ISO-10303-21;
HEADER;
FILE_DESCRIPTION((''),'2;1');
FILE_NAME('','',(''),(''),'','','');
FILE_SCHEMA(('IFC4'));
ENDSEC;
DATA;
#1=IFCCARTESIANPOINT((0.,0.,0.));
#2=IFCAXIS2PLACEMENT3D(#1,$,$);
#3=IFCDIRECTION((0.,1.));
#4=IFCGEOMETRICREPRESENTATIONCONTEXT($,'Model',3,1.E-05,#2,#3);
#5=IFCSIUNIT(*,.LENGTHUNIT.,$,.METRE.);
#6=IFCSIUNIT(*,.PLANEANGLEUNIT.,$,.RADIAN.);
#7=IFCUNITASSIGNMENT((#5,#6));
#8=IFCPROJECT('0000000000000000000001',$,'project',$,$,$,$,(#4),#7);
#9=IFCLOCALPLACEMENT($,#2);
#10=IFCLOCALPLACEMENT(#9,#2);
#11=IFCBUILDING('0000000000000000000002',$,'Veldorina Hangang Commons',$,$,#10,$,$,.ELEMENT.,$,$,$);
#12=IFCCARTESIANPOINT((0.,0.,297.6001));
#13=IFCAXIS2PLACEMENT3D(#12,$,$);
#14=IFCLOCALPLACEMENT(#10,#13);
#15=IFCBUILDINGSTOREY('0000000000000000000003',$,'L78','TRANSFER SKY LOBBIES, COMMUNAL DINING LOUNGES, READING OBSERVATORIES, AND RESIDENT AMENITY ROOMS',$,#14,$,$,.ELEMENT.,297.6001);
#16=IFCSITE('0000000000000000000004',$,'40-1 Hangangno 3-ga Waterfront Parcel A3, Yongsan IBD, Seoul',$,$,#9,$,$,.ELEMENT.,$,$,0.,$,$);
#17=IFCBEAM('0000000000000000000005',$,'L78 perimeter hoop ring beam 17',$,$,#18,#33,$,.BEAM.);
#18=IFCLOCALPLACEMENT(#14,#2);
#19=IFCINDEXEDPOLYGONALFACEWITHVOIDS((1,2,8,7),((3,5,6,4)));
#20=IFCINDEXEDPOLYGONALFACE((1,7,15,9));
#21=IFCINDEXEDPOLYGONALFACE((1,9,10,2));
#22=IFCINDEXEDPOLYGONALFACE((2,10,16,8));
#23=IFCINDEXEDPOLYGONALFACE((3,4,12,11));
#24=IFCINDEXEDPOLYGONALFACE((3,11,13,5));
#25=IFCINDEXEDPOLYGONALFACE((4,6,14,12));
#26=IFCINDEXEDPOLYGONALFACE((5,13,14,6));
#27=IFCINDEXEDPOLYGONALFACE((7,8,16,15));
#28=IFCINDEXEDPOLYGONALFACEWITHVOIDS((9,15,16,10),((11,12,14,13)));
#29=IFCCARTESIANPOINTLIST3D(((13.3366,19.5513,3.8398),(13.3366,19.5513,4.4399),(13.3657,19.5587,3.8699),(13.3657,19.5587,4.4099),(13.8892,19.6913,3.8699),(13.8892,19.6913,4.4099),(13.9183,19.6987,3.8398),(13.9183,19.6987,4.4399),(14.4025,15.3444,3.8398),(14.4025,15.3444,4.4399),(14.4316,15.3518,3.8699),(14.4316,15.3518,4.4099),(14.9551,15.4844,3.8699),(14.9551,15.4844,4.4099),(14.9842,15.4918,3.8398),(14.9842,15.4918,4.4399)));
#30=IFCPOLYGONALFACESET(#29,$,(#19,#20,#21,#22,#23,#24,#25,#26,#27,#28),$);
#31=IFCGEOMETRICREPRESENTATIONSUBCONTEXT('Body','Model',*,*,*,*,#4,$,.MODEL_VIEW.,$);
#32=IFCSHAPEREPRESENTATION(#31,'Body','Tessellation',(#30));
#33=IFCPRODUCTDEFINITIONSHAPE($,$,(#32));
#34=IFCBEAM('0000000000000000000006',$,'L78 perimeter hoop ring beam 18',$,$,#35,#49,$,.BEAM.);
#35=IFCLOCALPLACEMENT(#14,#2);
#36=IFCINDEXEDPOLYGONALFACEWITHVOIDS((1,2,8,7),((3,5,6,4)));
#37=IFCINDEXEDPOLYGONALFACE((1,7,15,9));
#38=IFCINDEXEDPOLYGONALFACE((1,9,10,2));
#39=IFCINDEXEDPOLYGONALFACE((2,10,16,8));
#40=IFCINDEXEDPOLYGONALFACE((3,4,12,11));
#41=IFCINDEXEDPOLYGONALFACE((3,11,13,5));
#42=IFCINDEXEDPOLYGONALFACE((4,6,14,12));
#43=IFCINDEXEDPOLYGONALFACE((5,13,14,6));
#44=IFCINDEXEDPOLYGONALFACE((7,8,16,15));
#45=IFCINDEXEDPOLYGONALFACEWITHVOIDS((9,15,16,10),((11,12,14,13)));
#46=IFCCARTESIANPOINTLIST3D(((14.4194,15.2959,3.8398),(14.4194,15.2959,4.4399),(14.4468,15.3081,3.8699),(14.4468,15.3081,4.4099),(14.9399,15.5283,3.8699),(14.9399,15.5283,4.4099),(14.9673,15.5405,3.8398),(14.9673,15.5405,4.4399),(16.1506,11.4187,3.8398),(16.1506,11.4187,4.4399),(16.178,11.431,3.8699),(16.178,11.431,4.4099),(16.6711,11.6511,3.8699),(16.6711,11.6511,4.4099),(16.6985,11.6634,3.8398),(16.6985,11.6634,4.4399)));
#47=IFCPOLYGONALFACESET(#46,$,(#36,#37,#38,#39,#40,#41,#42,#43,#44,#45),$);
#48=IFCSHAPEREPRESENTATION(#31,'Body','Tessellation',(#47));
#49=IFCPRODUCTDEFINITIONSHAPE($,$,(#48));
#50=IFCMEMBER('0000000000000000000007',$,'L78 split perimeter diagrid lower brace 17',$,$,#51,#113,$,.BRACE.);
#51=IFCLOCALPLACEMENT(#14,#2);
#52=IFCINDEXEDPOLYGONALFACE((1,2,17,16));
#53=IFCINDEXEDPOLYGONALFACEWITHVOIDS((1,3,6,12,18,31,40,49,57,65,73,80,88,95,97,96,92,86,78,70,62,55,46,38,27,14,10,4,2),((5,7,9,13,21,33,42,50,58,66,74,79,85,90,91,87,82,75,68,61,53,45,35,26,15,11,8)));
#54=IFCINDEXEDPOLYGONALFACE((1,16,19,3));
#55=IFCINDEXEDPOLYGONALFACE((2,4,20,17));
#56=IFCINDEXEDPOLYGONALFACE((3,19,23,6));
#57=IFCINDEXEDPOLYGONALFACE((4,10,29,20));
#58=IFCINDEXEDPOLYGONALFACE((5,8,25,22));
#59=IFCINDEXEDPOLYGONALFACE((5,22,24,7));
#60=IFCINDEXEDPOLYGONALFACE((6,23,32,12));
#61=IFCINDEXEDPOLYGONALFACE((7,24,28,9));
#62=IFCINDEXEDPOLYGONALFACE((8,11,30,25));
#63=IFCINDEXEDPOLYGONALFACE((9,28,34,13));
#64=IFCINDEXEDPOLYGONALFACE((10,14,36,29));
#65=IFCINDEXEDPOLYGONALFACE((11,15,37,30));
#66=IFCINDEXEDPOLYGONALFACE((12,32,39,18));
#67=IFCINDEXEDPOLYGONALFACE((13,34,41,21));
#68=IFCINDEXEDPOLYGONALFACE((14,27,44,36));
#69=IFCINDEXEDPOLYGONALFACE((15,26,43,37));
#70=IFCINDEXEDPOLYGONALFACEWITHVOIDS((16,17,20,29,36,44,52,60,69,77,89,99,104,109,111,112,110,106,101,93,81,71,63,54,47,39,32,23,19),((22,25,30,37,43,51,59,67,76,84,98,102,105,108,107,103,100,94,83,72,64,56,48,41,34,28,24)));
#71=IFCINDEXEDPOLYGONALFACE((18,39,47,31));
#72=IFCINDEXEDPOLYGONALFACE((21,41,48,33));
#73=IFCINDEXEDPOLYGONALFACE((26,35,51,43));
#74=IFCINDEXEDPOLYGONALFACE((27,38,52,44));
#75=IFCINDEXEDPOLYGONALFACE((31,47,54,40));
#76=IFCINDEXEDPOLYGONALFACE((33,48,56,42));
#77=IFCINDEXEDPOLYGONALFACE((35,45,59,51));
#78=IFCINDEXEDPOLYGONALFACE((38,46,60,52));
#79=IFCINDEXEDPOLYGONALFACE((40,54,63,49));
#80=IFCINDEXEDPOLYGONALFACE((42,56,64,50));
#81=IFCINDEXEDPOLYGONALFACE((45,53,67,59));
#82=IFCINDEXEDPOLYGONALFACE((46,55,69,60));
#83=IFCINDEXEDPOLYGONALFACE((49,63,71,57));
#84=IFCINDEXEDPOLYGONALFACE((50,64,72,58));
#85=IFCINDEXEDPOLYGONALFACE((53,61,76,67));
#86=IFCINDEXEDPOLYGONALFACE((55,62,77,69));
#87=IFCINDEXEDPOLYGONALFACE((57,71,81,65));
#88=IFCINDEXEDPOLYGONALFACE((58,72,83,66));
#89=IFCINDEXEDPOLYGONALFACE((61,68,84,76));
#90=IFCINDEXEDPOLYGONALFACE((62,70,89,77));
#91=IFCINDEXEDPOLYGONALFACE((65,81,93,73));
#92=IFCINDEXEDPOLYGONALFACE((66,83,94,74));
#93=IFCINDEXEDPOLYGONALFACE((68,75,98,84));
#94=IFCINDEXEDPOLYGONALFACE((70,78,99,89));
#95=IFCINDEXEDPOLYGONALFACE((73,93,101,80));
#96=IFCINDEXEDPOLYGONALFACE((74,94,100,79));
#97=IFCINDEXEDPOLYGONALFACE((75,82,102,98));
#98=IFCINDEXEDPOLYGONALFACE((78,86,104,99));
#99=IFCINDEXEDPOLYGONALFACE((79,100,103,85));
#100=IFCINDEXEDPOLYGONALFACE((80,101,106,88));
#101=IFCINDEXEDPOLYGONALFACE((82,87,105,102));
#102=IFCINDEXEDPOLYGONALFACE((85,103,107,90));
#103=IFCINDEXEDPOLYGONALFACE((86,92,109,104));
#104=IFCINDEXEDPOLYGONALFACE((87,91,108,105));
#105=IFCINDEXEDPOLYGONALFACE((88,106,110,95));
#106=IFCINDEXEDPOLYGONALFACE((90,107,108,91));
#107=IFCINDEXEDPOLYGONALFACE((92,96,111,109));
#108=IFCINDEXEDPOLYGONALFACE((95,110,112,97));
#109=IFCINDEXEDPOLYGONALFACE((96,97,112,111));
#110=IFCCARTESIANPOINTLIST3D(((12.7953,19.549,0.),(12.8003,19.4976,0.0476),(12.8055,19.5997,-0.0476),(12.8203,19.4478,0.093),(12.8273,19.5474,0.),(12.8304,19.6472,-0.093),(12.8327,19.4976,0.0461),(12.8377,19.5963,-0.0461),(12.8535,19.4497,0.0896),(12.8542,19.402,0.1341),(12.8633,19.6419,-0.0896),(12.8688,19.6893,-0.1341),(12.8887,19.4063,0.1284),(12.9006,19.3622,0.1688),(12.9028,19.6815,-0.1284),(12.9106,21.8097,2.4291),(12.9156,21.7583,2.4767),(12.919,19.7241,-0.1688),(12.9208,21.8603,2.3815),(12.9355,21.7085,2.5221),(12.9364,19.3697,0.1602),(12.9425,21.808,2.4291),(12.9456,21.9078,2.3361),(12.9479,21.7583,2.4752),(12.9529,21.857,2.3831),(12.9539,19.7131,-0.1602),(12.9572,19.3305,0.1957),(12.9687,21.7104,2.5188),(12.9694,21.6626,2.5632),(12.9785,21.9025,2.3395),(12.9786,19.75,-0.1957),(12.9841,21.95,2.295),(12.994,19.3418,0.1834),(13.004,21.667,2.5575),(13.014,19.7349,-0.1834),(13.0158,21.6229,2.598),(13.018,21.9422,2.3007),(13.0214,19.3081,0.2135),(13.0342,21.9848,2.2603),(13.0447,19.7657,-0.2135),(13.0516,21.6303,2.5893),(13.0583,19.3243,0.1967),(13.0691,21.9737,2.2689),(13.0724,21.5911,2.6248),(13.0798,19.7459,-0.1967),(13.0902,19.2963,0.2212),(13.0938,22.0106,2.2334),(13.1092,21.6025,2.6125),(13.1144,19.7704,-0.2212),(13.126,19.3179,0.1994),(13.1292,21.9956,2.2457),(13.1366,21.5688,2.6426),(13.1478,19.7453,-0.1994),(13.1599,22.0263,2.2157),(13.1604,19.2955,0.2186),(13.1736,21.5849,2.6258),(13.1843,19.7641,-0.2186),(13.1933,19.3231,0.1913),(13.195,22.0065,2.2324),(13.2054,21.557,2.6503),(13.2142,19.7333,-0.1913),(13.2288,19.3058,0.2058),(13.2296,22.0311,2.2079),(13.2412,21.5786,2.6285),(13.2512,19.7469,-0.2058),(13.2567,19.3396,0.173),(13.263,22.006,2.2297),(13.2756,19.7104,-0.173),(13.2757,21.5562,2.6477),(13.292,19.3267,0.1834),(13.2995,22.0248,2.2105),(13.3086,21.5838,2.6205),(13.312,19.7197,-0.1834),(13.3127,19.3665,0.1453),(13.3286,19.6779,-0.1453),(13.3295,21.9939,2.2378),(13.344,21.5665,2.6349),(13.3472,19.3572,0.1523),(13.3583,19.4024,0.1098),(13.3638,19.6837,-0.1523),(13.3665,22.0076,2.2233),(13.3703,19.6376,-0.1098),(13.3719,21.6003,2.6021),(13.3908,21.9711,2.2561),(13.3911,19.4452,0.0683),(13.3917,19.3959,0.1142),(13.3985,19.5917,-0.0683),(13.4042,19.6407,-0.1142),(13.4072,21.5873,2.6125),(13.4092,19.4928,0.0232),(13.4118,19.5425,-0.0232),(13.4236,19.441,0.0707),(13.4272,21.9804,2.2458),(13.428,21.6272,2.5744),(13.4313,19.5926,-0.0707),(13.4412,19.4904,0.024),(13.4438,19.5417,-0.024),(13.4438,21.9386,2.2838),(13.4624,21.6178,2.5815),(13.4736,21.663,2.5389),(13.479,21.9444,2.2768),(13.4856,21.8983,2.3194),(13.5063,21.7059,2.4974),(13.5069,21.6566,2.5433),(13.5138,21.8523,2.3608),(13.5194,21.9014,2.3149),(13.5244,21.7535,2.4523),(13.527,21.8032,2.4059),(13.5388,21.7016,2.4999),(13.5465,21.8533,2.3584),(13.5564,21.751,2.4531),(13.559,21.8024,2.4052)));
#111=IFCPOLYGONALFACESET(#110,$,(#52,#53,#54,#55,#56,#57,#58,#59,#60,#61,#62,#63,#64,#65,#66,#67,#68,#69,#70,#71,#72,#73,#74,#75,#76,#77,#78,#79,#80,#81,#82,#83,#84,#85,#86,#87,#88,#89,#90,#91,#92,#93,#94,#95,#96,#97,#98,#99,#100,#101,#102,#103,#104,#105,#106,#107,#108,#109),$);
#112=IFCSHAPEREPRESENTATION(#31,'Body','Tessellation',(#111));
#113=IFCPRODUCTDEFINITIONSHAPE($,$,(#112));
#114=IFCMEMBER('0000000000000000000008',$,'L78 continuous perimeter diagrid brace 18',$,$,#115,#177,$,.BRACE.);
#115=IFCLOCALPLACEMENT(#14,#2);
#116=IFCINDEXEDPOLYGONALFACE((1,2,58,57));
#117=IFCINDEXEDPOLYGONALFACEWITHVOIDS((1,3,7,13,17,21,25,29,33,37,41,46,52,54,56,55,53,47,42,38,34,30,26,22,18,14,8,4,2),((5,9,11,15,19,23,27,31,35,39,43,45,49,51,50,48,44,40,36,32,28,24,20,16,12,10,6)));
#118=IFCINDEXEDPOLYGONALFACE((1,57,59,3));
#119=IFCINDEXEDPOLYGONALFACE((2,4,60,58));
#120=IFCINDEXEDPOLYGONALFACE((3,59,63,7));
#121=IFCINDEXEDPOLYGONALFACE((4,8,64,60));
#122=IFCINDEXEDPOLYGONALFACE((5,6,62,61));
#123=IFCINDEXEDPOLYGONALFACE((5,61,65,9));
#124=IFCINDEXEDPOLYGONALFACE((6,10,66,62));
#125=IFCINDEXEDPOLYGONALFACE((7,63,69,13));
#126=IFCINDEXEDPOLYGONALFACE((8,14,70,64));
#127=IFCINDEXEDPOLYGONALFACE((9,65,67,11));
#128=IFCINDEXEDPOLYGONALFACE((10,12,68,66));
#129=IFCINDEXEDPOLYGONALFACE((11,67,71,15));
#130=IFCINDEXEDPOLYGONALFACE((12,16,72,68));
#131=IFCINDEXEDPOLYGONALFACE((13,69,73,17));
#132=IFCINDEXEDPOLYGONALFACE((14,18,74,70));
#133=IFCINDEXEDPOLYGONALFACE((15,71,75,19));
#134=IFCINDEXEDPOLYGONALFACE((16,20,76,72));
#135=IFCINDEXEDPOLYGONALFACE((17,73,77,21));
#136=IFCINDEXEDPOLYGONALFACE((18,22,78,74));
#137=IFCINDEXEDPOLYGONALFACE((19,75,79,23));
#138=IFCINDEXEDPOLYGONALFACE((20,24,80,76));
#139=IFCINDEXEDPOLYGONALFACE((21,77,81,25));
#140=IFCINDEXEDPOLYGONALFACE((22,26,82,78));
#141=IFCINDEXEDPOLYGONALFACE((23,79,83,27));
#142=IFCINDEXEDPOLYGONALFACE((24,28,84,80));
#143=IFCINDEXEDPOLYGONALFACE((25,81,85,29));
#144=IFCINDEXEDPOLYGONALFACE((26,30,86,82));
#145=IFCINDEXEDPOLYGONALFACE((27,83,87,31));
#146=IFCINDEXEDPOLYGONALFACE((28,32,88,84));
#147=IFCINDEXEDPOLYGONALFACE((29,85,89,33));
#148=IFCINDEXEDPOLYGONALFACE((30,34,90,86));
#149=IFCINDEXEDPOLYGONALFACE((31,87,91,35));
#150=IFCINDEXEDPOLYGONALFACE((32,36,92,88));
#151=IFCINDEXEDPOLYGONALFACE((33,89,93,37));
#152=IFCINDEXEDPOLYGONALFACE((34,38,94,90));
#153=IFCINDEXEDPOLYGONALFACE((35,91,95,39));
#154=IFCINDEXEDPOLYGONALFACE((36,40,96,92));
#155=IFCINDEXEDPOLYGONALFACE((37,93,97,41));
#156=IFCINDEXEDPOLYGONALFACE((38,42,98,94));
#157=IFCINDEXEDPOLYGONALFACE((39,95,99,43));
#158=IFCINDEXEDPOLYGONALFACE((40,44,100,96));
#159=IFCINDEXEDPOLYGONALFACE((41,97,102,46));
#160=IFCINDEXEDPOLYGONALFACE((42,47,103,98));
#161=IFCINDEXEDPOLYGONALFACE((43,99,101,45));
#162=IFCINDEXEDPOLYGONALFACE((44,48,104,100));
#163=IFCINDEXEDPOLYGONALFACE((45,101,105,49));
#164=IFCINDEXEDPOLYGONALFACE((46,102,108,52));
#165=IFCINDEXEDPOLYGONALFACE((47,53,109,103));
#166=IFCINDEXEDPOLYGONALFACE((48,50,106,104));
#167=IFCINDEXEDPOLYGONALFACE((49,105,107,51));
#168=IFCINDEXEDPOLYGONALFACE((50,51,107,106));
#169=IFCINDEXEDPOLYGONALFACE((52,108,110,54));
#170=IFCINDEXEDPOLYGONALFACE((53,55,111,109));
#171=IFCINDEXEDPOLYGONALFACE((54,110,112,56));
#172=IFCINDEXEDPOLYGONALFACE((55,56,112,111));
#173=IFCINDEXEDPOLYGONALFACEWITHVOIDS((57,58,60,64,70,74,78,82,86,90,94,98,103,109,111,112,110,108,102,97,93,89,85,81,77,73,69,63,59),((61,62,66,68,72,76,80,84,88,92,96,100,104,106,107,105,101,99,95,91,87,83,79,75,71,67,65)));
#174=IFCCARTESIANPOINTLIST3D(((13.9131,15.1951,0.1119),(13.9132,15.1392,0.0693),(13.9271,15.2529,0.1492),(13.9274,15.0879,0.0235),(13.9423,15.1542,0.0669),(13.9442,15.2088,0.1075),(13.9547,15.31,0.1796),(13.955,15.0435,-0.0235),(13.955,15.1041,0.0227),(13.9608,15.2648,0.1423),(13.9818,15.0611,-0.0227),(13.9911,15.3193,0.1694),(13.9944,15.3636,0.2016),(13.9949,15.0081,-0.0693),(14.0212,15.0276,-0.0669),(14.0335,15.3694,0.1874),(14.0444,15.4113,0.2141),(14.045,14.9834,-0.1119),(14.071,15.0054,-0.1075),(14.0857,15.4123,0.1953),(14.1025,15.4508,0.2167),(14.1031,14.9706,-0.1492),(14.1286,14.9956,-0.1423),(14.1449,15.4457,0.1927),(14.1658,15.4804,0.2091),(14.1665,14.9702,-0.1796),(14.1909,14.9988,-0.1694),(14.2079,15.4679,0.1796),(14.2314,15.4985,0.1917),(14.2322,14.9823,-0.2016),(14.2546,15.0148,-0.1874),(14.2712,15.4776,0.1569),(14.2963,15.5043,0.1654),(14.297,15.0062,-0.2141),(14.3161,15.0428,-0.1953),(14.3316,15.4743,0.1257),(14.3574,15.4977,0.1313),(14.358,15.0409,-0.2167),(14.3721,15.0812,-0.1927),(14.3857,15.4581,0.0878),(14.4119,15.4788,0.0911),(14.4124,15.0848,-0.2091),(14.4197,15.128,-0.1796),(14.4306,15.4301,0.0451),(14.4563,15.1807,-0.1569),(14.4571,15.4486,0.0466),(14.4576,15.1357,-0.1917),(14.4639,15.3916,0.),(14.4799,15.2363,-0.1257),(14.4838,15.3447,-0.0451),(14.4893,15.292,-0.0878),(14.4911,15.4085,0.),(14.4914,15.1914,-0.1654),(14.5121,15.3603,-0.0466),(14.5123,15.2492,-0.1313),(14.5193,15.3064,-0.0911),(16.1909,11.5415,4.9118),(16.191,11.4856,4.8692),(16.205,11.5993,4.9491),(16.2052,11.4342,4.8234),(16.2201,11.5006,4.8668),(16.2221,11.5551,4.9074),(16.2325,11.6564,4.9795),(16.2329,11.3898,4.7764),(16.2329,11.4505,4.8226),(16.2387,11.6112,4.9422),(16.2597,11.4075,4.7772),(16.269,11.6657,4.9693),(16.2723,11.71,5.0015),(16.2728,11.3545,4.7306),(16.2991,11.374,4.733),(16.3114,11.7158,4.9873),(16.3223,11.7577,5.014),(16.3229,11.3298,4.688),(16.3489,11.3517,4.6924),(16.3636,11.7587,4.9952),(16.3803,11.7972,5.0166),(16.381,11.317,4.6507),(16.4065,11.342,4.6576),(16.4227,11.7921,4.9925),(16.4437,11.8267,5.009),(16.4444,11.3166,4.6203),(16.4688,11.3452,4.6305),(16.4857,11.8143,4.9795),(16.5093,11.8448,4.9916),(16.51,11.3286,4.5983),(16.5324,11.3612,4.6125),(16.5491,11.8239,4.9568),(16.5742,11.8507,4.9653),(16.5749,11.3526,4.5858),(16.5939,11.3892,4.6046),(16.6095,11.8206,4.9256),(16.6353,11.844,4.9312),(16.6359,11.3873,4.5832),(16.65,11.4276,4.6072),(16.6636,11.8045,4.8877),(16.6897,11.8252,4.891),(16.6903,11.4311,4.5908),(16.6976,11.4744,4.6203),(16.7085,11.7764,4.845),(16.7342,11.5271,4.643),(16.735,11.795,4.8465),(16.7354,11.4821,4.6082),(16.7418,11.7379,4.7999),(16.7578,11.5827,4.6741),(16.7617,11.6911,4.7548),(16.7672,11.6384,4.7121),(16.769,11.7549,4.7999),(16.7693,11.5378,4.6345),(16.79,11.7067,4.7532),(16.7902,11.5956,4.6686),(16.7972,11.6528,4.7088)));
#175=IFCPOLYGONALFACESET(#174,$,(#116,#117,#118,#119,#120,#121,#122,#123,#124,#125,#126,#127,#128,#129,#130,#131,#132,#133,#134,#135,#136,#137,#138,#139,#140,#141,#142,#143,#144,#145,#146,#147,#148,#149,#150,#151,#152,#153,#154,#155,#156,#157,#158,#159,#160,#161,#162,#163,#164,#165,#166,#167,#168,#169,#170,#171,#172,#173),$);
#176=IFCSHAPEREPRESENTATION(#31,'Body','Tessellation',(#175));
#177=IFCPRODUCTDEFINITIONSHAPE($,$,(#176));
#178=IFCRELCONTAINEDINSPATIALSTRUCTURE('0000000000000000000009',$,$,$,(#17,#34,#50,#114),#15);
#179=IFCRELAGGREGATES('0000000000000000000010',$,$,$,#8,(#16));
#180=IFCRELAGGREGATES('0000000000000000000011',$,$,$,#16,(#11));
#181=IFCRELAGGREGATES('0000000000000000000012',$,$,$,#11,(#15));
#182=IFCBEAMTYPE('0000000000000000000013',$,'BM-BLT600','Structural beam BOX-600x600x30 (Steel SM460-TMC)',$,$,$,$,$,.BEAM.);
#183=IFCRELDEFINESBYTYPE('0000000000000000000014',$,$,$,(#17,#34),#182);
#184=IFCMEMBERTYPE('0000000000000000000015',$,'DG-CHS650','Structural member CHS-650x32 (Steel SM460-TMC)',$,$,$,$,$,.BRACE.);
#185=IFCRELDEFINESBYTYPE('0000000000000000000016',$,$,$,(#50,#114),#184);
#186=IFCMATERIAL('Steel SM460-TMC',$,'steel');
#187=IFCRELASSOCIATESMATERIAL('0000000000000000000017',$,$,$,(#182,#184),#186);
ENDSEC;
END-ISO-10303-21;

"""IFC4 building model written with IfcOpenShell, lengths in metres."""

from ifc_helpers import new_model, si_unit, direction, frame, origin, origin_2d, place, context, subcontext, project, spatial, hollow_rectangle, hollow_circle, extrude, material, material_profile, profile_set, type_object, element, save


model = new_model("IFC4")

# Units and contexts
model_context = context("Model", 3, precision=1e-05, world=origin(), true_north=direction((0.0, 1.0)))
body_context = subcontext(model_context, "Body", "Model", "MODEL_VIEW")
ifc_project = project(units=[si_unit("LENGTHUNIT", "METRE"), si_unit("PLANEANGLEUNIT", "RADIAN")], contexts=[model_context])

# Site, building, storey
site_placement = place(None, origin())
site = spatial("IfcSite", under=ifc_project, at=site_placement, Name="40-1 Hangangno 3-ga Waterfront Parcel A3, Yongsan IBD, Seoul", CompositionType="ELEMENT", RefElevation=0.0)
building_placement = place(site_placement, origin())
building = spatial("IfcBuilding", under=site, at=building_placement, Name="Veldorina Hangang Commons", CompositionType="ELEMENT")
storey_placement = place(building_placement, frame((0.0, 0.0, 297.6001)))
storey = spatial("IfcBuildingStorey", under=building, at=storey_placement, Name="L78", Description="TRANSFER SKY LOBBIES, COMMUNAL DINING LOUNGES, READING OBSERVATORIES, AND RESIDENT AMENITY ROOMS", CompositionType="ELEMENT", Elevation=297.6001)

# Beams
ifc_material_1 = material(Name="Steel SM460-TMC", Category="steel")
ifc_material_profile_1 = material_profile(ifc_material_1, hollow_rectangle(XDim=0.6001, YDim=0.6001, WallThickness=0.03, at=origin_2d()), Name="BOX-600x600x30")
ifc_profile_set_1 = profile_set([ifc_material_profile_1], Name="Steel SM460-TMC")
beam_type = type_object("IfcBeamType", Name="BM-BLT600", Description="Structural beam BOX-600x600x30 (Steel SM460-TMC)", PredefinedType="BEAM", material=ifc_profile_set_1)
beam_1_placement = place(storey_placement, frame((13.6274, 19.625, 4.1399), z_axis=(0.245619, -0.969367, 0.0), x_axis=(0.969367, 0.245619, 0.0)))
element("IfcBeam", 1, at=beam_1_placement, inside=storey, type_object=beam_type, Name="L78 perimeter hoop ring beam 17", PredefinedType="BEAM", context=body_context, shape_type="SweptSolid", body=[
    extrude(hollow_rectangle(XDim=0.6001, YDim=0.6001, WallThickness=0.03, at=origin_2d()), origin(), (0.0, 0.0, 1.0), 4.3398),
])
beam_2_placement = place(storey_placement, frame((14.6934, 15.4182, 4.1399), z_axis=(0.407712, -0.913111, 0.0), x_axis=(0.913111, 0.407712, 0.0)))
element("IfcBeam", 2, at=beam_2_placement, inside=storey, type_object=beam_type, Name="L78 perimeter hoop ring beam 18", PredefinedType="BEAM", context=body_context, shape_type="SweptSolid", body=[
    extrude(hollow_rectangle(XDim=0.6001, YDim=0.6001, WallThickness=0.03, at=origin_2d()), origin(), (0.0, 0.0, 1.0), 4.2461),
])

# Members
ifc_material_profile_2 = material_profile(ifc_material_1, hollow_circle(Radius=0.325, WallThickness=0.032, at=origin_2d()), Name="CHS-650x32")
ifc_profile_set_2 = profile_set([ifc_material_profile_2], Name="Steel SM460-TMC")
member_type_1 = type_object("IfcMemberType", Name="DG-CHS650", Description="Structural member CHS-650x32 (Steel SM460-TMC)", PredefinedType="BRACE", material=ifc_profile_set_2)
member_1_placement = place(storey_placement, frame((13.1199, 19.5325, 0.0), z_axis=(0.034705, 0.680859, 0.731592), x_axis=(-0.998703, 0.050906, 0.0)))
element("IfcMember", 3, at=member_1_placement, inside=storey, type_object=member_type_1, Name="L78 split perimeter diagrid lower brace 17", PredefinedType="BRACE", context=body_context, shape_type="SweptSolid", body=[
    extrude(hollow_circle(Radius=0.325, WallThickness=0.032, at=origin_2d()), origin(), (0.0, 0.0, 1.0), 3.3203),
])
member_2_placement = place(storey_placement, frame((14.2153, 15.2366, 0.0), z_axis=(0.353268, -0.56663, 0.7444), x_axis=(0.848587, 0.529056, 0.0)))
element("IfcMember", 4, at=member_2_placement, inside=storey, type_object=member_type_1, Name="L78 continuous perimeter diagrid brace 18", PredefinedType="BRACE", context=body_context, shape_type="SweptSolid", body=[
    extrude(hollow_circle(Radius=0.325, WallThickness=0.032, at=origin_2d()), origin(), (0.0, 0.0, 1.0), 6.448),
])

save(model, "model.ifc")
